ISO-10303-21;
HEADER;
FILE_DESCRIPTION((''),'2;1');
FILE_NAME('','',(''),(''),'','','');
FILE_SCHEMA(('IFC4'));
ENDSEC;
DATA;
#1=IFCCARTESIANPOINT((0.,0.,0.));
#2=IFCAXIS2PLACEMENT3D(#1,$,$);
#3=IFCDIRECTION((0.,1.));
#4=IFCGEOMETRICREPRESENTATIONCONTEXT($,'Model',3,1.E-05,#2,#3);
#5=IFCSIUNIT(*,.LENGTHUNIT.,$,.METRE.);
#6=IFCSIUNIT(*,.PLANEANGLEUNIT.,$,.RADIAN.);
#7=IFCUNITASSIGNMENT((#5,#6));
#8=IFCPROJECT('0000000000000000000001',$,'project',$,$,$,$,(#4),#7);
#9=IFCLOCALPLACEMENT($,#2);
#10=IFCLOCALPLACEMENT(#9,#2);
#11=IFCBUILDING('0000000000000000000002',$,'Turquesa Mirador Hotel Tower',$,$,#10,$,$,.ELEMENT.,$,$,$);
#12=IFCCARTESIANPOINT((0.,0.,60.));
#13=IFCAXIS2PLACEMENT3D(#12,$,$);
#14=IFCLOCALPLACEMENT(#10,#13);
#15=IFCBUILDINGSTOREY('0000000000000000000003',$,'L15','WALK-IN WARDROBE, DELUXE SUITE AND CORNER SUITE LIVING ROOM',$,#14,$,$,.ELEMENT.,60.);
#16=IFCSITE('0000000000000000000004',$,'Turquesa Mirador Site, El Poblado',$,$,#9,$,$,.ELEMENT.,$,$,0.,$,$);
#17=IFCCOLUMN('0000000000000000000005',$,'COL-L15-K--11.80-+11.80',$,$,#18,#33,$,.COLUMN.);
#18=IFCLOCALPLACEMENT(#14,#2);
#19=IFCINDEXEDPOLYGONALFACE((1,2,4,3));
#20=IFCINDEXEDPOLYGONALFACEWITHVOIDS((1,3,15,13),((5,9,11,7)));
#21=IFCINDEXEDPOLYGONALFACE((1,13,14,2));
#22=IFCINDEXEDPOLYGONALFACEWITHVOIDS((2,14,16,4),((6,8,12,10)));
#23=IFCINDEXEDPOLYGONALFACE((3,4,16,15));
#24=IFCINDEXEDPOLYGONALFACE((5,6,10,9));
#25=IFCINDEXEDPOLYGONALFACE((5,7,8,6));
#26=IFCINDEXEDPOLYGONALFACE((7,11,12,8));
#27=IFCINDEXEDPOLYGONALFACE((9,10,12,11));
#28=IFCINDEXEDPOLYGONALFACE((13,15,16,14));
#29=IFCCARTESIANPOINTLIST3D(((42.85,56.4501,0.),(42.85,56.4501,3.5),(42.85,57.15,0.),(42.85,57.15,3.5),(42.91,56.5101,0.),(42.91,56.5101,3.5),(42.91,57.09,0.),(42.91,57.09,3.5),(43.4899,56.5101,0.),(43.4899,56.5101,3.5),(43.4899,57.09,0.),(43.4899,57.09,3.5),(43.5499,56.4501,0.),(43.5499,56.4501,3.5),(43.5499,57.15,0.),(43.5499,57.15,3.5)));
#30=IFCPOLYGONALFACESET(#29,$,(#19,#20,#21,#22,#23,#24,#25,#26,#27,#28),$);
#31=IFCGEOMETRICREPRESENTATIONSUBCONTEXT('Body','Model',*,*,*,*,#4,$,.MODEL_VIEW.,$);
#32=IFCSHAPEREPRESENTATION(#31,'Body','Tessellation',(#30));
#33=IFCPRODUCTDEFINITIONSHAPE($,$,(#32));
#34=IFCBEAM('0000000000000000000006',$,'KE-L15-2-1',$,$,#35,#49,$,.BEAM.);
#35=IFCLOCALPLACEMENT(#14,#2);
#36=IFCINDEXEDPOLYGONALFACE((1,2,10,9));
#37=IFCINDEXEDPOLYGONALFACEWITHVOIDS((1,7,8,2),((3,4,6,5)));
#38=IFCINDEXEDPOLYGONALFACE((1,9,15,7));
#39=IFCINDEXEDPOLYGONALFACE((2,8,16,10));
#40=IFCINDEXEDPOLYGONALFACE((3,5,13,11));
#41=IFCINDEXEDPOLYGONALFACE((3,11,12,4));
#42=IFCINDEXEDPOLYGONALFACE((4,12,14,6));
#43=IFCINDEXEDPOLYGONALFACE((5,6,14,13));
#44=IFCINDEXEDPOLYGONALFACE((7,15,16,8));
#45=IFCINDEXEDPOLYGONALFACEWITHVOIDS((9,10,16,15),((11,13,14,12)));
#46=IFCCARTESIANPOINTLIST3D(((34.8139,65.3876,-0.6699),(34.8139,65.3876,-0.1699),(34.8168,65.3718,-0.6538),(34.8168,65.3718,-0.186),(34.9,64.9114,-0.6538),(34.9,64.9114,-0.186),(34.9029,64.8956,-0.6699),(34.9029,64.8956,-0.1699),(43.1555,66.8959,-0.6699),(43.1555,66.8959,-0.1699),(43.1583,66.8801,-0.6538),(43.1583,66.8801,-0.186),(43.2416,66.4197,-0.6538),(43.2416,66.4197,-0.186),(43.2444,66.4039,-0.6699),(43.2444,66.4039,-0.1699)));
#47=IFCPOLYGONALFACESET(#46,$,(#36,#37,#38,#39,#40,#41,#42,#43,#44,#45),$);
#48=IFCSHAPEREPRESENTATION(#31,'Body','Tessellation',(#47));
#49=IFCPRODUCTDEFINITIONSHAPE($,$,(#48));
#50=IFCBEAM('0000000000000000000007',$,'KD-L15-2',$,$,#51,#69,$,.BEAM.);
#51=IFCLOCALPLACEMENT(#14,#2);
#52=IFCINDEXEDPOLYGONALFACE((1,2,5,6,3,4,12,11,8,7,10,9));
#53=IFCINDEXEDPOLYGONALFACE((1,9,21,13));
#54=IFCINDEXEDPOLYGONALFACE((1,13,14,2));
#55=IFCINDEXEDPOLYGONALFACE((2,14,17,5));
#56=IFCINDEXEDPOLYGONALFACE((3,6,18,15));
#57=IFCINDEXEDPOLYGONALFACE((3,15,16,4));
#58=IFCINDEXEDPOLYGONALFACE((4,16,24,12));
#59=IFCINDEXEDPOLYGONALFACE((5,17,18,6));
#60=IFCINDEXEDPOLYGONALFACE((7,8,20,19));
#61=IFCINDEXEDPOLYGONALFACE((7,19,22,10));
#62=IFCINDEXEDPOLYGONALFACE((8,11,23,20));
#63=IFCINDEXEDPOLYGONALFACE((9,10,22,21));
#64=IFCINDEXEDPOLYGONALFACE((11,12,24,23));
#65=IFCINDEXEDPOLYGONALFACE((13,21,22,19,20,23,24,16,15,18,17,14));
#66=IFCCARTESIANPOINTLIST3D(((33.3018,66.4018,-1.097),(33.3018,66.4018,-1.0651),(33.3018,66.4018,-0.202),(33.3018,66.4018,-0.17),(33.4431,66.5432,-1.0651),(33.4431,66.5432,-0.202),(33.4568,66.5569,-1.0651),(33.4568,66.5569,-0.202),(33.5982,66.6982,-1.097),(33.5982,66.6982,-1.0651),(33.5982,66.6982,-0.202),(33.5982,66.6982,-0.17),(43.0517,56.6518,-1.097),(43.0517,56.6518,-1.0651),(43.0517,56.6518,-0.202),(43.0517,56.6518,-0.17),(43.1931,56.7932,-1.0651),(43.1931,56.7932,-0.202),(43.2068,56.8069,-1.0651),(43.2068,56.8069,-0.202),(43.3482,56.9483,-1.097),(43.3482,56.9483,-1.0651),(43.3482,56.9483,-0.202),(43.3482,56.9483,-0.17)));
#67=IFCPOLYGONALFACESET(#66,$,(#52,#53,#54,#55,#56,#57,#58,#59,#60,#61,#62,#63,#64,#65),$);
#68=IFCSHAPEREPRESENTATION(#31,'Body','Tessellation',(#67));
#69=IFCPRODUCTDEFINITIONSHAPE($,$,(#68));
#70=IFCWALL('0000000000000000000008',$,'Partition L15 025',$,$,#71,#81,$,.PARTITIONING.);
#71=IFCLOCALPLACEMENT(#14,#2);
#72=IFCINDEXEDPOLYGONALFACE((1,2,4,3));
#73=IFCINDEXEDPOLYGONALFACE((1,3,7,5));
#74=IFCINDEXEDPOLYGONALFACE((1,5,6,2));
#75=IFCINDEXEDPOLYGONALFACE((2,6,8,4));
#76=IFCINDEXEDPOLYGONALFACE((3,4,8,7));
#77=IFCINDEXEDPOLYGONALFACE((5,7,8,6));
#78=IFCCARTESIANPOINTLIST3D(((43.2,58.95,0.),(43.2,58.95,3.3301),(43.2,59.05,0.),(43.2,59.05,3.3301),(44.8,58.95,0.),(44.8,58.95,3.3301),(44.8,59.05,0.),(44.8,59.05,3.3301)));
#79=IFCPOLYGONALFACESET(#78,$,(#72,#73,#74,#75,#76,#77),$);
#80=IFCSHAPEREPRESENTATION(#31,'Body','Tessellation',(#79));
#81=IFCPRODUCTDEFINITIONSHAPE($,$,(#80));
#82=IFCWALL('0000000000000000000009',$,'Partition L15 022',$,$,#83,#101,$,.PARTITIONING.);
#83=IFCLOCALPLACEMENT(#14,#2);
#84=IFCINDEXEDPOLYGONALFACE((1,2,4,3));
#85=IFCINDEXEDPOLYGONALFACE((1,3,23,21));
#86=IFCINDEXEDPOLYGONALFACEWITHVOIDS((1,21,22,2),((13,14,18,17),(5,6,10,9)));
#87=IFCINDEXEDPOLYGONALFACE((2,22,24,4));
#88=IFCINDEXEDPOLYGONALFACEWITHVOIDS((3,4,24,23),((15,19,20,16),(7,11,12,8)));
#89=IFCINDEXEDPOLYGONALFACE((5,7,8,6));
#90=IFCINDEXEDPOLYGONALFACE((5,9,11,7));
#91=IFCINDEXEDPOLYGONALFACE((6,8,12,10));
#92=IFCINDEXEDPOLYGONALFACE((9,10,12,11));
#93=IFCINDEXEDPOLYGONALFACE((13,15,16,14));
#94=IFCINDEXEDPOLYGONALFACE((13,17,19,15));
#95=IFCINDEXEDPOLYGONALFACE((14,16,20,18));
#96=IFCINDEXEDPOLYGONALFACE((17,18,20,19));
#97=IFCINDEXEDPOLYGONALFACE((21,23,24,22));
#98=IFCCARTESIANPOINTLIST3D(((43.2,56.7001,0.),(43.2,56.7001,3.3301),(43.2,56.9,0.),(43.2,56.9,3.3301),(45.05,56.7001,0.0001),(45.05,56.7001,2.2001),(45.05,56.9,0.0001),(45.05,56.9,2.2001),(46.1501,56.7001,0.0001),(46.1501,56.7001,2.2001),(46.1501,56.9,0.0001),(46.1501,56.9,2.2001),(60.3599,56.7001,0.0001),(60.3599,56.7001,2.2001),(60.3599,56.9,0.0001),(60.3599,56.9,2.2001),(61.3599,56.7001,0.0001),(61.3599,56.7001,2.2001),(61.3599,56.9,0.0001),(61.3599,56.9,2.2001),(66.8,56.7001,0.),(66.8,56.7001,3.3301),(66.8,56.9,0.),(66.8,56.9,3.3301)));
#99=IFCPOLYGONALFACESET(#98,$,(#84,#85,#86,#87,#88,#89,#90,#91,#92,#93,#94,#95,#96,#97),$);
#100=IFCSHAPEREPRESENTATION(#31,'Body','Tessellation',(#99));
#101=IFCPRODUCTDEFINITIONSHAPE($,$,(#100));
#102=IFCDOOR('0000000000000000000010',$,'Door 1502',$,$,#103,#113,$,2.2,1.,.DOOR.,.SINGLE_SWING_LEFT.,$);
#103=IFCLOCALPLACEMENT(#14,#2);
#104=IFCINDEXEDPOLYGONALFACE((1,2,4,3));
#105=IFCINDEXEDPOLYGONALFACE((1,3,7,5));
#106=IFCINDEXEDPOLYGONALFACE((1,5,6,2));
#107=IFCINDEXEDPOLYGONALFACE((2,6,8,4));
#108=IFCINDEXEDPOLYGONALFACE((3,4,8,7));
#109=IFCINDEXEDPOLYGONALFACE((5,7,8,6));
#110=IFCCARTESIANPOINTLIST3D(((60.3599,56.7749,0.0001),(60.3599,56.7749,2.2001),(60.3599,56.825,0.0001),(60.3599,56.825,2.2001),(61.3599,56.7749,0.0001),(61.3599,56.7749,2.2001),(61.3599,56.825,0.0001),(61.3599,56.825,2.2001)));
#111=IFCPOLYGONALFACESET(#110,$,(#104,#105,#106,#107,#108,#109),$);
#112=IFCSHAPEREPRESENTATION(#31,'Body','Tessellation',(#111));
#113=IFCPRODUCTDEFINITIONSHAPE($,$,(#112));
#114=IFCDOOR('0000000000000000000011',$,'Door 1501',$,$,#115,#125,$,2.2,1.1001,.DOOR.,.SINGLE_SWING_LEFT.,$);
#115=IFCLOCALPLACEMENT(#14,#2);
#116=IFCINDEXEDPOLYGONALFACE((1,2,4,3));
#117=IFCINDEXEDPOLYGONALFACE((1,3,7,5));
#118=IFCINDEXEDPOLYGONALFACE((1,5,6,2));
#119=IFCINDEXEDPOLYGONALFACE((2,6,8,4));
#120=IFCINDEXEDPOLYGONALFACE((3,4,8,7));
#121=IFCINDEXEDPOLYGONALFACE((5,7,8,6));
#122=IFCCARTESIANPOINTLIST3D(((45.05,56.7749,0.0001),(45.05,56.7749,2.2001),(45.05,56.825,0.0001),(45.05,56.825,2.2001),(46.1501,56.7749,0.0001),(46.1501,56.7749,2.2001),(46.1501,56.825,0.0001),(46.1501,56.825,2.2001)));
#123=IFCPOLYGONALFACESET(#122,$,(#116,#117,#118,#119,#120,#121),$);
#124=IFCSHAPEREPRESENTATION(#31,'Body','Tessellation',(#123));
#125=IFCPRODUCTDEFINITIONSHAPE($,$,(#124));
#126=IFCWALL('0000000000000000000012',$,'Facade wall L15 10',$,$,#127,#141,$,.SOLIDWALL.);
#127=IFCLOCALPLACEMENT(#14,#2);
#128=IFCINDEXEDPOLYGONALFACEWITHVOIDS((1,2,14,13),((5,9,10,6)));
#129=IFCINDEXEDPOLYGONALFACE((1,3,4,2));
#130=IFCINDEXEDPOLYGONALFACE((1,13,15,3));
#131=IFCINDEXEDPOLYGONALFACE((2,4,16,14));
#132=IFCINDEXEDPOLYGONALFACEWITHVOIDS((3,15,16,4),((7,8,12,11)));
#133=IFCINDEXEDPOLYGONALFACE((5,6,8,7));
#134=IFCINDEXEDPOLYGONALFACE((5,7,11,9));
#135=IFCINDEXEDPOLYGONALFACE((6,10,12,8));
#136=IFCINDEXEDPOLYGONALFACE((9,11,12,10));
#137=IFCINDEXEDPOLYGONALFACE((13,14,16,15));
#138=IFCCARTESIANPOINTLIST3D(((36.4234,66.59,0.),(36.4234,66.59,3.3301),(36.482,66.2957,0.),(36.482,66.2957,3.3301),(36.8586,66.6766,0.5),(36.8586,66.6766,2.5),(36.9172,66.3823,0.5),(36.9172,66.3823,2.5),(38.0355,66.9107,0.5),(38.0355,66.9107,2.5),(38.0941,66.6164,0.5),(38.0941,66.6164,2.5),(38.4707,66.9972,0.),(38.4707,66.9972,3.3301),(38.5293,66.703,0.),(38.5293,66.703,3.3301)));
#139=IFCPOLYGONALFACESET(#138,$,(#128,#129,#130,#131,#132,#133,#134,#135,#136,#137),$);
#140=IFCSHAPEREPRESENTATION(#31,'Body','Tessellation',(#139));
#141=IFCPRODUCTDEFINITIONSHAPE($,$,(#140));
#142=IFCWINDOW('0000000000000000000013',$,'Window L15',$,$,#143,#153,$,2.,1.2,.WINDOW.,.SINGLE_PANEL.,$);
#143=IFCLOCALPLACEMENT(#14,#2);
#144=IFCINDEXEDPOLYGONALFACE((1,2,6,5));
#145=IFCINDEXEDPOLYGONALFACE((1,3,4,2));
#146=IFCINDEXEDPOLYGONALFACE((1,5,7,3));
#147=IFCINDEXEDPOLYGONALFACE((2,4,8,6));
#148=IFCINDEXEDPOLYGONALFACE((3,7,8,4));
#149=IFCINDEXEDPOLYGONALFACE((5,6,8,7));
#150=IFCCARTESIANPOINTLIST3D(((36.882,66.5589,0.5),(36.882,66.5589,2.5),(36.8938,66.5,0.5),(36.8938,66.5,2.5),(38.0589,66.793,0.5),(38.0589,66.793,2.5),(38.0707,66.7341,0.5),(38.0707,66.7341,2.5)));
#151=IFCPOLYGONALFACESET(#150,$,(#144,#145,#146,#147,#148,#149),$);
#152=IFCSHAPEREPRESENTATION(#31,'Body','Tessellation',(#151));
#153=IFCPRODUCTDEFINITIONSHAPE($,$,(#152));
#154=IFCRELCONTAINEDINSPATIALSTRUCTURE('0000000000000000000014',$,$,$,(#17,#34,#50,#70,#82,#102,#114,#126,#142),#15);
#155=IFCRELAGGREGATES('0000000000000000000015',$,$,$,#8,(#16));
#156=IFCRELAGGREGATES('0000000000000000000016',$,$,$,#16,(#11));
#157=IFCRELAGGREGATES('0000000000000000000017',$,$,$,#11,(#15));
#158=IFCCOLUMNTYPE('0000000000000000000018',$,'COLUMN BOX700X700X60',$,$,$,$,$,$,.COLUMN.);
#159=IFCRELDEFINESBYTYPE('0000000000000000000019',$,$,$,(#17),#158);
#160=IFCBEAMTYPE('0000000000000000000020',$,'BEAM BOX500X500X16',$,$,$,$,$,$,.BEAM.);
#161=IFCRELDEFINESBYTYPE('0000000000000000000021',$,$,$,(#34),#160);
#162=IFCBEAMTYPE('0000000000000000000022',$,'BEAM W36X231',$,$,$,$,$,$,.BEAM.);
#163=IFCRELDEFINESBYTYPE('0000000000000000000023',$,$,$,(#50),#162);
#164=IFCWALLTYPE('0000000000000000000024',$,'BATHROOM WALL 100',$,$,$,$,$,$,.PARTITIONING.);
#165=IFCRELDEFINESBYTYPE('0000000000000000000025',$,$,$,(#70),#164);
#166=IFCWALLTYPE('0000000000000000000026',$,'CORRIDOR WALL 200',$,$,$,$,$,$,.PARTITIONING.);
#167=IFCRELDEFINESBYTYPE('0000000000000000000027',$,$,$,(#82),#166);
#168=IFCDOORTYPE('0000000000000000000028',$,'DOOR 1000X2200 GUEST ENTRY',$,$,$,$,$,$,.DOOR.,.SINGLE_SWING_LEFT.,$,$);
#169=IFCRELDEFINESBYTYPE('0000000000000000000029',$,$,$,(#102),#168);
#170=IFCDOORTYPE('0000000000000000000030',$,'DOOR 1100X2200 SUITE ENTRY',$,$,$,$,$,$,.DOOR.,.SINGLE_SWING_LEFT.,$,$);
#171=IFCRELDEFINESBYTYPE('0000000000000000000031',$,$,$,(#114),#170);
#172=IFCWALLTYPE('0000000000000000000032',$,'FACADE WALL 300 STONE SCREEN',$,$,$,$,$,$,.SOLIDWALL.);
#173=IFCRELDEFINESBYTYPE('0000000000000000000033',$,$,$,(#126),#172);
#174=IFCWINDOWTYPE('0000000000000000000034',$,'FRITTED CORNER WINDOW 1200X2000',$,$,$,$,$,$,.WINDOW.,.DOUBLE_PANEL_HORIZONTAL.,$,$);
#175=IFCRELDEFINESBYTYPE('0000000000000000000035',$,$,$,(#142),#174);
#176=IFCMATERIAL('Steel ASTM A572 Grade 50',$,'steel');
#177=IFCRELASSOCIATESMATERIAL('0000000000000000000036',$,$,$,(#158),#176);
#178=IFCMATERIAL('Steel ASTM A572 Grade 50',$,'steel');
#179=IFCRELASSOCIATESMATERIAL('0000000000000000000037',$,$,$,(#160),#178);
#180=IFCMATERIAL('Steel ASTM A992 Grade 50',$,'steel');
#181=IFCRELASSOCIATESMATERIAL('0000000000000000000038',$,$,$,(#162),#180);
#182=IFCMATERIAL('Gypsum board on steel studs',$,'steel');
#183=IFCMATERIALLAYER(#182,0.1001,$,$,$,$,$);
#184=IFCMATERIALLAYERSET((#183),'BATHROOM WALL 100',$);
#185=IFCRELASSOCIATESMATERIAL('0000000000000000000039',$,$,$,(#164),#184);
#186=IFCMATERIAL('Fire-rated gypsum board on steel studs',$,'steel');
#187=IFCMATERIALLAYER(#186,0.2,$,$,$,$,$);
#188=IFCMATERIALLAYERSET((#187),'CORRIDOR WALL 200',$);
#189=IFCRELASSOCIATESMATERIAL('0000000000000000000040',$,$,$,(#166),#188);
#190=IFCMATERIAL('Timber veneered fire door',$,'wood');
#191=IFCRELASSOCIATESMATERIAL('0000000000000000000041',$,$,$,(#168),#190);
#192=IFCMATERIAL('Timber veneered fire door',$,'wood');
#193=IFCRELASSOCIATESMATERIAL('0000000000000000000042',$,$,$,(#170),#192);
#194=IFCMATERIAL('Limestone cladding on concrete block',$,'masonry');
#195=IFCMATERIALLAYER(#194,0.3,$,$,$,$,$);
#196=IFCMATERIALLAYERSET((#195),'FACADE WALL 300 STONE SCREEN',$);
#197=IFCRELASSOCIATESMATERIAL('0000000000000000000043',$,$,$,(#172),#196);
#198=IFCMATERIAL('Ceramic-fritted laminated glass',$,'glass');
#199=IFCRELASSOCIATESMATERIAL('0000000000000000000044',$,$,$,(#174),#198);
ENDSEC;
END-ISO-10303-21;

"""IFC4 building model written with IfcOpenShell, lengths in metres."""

from ifc_helpers import new_model, si_unit, direction, frame, frame_2d, origin, origin_2d, place, context, subcontext, project, spatial, rectangle, hollow_rectangle, i_section, extrude, material, layer, layer_set, material_profile, profile_set, type_object, element, fill, save


model = new_model("IFC4")

# Units and contexts
model_context = context("Model", 3, precision=1e-05, world=origin(), true_north=direction((0.0, 1.0)))
body_context = subcontext(model_context, "Body", "Model", "MODEL_VIEW")
ifc_project = project(units=[si_unit("LENGTHUNIT", "METRE"), si_unit("PLANEANGLEUNIT", "RADIAN")], contexts=[model_context])

# Site, building, storey
site_placement = place(None, origin())
site = spatial("IfcSite", under=ifc_project, at=site_placement, Name="Turquesa Mirador Site, El Poblado", CompositionType="ELEMENT", RefElevation=0.0)
building_placement = place(site_placement, origin())
building = spatial("IfcBuilding", under=site, at=building_placement, Name="Turquesa Mirador Hotel Tower", CompositionType="ELEMENT")
storey_placement = place(building_placement, frame((0.0, 0.0, 60.0)))
storey = spatial("IfcBuildingStorey", under=building, at=storey_placement, Name="L15", Description="WALK-IN WARDROBE, DELUXE SUITE AND CORNER SUITE LIVING ROOM", CompositionType="ELEMENT", Elevation=60.0)

# Column
ifc_material_1 = material(Name="Steel ASTM A572 Grade 50", Category="steel")
ifc_material_profile_1 = material_profile(ifc_material_1, hollow_rectangle(XDim=0.7, YDim=0.7, WallThickness=0.0601, at=origin_2d()), Name="BOX700X700X60")
ifc_profile_set_1 = profile_set([ifc_material_profile_1], Name="Steel ASTM A572 Grade 50")
column_type = type_object("IfcColumnType", Name="COLUMN BOX700X700X60", PredefinedType="COLUMN", material=ifc_profile_set_1)
column_placement = place(storey_placement, frame((43.2, 56.8, 0.0), z_axis=(0.0, 0.0, 1.0), x_axis=(1.0, 0.0, 0.0)))
element("IfcColumn", 1, at=column_placement, inside=storey, type_object=column_type, Name="COL-L15-K--11.80-+11.80", PredefinedType="COLUMN", context=body_context, shape_type="SweptSolid", body=[
    extrude(hollow_rectangle(XDim=0.7, YDim=0.7, WallThickness=0.0601, at=origin_2d()), origin(), (0.0, 0.0, 1.0), 3.5),
])

# Beams
ifc_material_2 = material(Name="Steel ASTM A572 Grade 50", Category="steel")
ifc_material_profile_2 = material_profile(ifc_material_2, hollow_rectangle(XDim=0.5, YDim=0.5, WallThickness=0.0161, at=origin_2d()), Name="BOX500X500X16")
ifc_profile_set_2 = profile_set([ifc_material_profile_2], Name="Steel ASTM A572 Grade 50")
beam_type_1 = type_object("IfcBeamType", Name="BEAM BOX500X500X16", PredefinedType="BEAM", material=ifc_profile_set_2)
beam_1_placement = place(storey_placement, frame((34.8584, 65.1416, -0.4199), z_axis=(0.984043, 0.177932, 0.0), x_axis=(-0.177932, 0.984043, 0.0)))
element("IfcBeam", 2, at=beam_1_placement, inside=storey, type_object=beam_type_1, Name="KE-L15-2-1", PredefinedType="BEAM", context=body_context, shape_type="SweptSolid", body=[
    extrude(hollow_rectangle(XDim=0.5, YDim=0.5, WallThickness=0.0161, at=origin_2d()), origin(), (0.0, 0.0, 1.0), 8.4768),
])
ifc_material_3 = material(Name="Steel ASTM A992 Grade 50", Category="steel")
ifc_material_profile_3 = material_profile(ifc_material_3, i_section(OverallWidth=0.4192, OverallDepth=0.927, WebThickness=0.0193, FlangeThickness=0.032, at=origin_2d()), Name="W36X231")
ifc_profile_set_3 = profile_set([ifc_material_profile_3], Name="Steel ASTM A992 Grade 50")
beam_type_2 = type_object("IfcBeamType", Name="BEAM W36X231", PredefinedType="BEAM", material=ifc_profile_set_3)
beam_2_placement = place(storey_placement, frame((43.2, 56.8, -0.6335), z_axis=(-0.707107, 0.707107, 0.0), x_axis=(-0.707107, -0.707107, 0.0)))
element("IfcBeam", 3, at=beam_2_placement, inside=storey, type_object=beam_type_2, Name="KD-L15-2", PredefinedType="BEAM", context=body_context, shape_type="SweptSolid", body=[
    extrude(i_section(OverallWidth=0.4192, OverallDepth=0.927, WebThickness=0.0193, FlangeThickness=0.032, at=origin_2d()), origin(), (0.0, 0.0, 1.0), 13.7886),
])

# Wall
ifc_material_4 = material(Name="Gypsum board on steel studs", Category="steel")
ifc_layer_1 = layer(ifc_material_4, 0.1001)
ifc_layer_set_1 = layer_set([ifc_layer_1], Name="BATHROOM WALL 100")
wall_type_1 = type_object("IfcWallType", Name="BATHROOM WALL 100", PredefinedType="PARTITIONING", material=ifc_layer_set_1)
wall_1_placement = place(storey_placement, frame((43.2, 59.0, 0.0), z_axis=(0.0, 0.0, 1.0), x_axis=(1.0, 0.0, 0.0)))
element("IfcWall", 4, at=wall_1_placement, inside=storey, type_object=wall_type_1, Name="Partition L15 025", PredefinedType="PARTITIONING", context=body_context, shape_type="SweptSolid", body=[
    extrude(rectangle(XDim=1.6001, YDim=0.1001, at=frame_2d((0.8, 0.0))), origin(), (0.0, 0.0, 1.0), 3.3301),
])

# Wall, openings, doors
ifc_material_5 = material(Name="Fire-rated gypsum board on steel studs", Category="steel")
ifc_layer_2 = layer(ifc_material_5, 0.2)
ifc_layer_set_2 = layer_set([ifc_layer_2], Name="CORRIDOR WALL 200")
wall_type_2 = type_object("IfcWallType", Name="CORRIDOR WALL 200", PredefinedType="PARTITIONING", material=ifc_layer_set_2)
wall_2_placement = place(storey_placement, frame((43.2, 56.8, 0.0), z_axis=(0.0, 0.0, 1.0), x_axis=(1.0, 0.0, 0.0)))
wall_2 = element("IfcWall", 5, at=wall_2_placement, inside=storey, type_object=wall_type_2, Name="Partition L15 022", PredefinedType="PARTITIONING", context=body_context, shape_type="SweptSolid", body=[
    extrude(rectangle(XDim=23.6001, YDim=0.2, at=frame_2d((11.8, 0.0))), origin(), (0.0, 0.0, 1.0), 3.3301),
])
opening_1_placement = place(wall_2_placement, frame((1.8501, 0.0, 0.0)))
opening_1 = element("IfcOpeningElement", 6, at=opening_1_placement, cuts=wall_2, PredefinedType="OPENING", context=body_context, shape_type="SweptSolid", body=[
    extrude(rectangle(XDim=1.1001, YDim=2.2, at=frame_2d((0.55, 1.1001))), frame((0.0, 0.1099, 0.0), z_axis=(0.0, -1.0, 0.0), x_axis=(1.0, 0.0, 0.0)), (0.0, 0.0, 1.0), 0.22),
])
opening_2_placement = place(wall_2_placement, frame((17.1599, 0.0, 0.0)))
opening_2 = element("IfcOpeningElement", 7, at=opening_2_placement, cuts=wall_2, PredefinedType="OPENING", context=body_context, shape_type="SweptSolid", body=[
    extrude(rectangle(XDim=1.0, YDim=2.2, at=frame_2d((0.5, 1.1001))), frame((0.0, 0.1099, 0.0), z_axis=(0.0, -1.0, 0.0), x_axis=(1.0, 0.0, 0.0)), (0.0, 0.0, 1.0), 0.22),
])
ifc_material_6 = material(Name="Timber veneered fire door", Category="wood")
door_type_1 = type_object("IfcDoorType", Name="DOOR 1000X2200 GUEST ENTRY", OperationType="SINGLE_SWING_LEFT", PredefinedType="DOOR", material=ifc_material_6)
door_1_placement = place(opening_2_placement, origin())
door_1 = element("IfcDoor", 8, at=door_1_placement, inside=storey, type_object=door_type_1, Name="Door 1502", OperationType="SINGLE_SWING_LEFT", OverallHeight=2.2, OverallWidth=1.0, PredefinedType="DOOR", context=body_context, shape_type="SweptSolid", body=[
    extrude(rectangle(XDim=1.0, YDim=2.2, at=frame_2d((0.5, 1.1001))), frame((0.0, 0.0249, 0.0), z_axis=(0.0, -1.0, 0.0), x_axis=(1.0, 0.0, 0.0)), (0.0, 0.0, 1.0), 0.05),
])
fill(opening_2, door_1)
ifc_material_7 = material(Name="Timber veneered fire door", Category="wood")
door_type_2 = type_object("IfcDoorType", Name="DOOR 1100X2200 SUITE ENTRY", OperationType="SINGLE_SWING_LEFT", PredefinedType="DOOR", material=ifc_material_7)
door_2_placement = place(opening_1_placement, origin())
door_2 = element("IfcDoor", 9, at=door_2_placement, inside=storey, type_object=door_type_2, Name="Door 1501", OperationType="SINGLE_SWING_LEFT", OverallHeight=2.2, OverallWidth=1.1001, PredefinedType="DOOR", context=body_context, shape_type="SweptSolid", body=[
    extrude(rectangle(XDim=1.1001, YDim=2.2, at=frame_2d((0.55, 1.1001))), frame((0.0, 0.0249, 0.0), z_axis=(0.0, -1.0, 0.0), x_axis=(1.0, 0.0, 0.0)), (0.0, 0.0, 1.0), 0.05),
])
fill(opening_1, door_2)

# Wall, opening, window
ifc_material_8 = material(Name="Limestone cladding on concrete block", Category="masonry")
ifc_layer_3 = layer(ifc_material_8, 0.3)
ifc_layer_set_3 = layer_set([ifc_layer_3], Name="FACADE WALL 300 STONE SCREEN")
wall_type_3 = type_object("IfcWallType", Name="FACADE WALL 300 STONE SCREEN", PredefinedType="SOLIDWALL", material=ifc_layer_set_3)
wall_3_placement = place(storey_placement, frame((38.5, 66.8501, 0.0), z_axis=(0.0, 0.0, 1.0), x_axis=(-0.980787, -0.195081, 0.0)))
wall_3 = element("IfcWall", 10, at=wall_3_placement, inside=storey, type_object=wall_type_3, Name="Facade wall L15 10", PredefinedType="SOLIDWALL", context=body_context, shape_type="SweptSolid", body=[
    extrude(rectangle(XDim=2.0874, YDim=0.3, at=frame_2d((1.0437, 0.0))), origin(), (0.0, 0.0, 1.0), 3.3301),
])
opening_3_placement = place(wall_3_placement, frame((0.4436, 0.0, 0.5)))
opening_3 = element("IfcOpeningElement", 11, at=opening_3_placement, cuts=wall_3, PredefinedType="OPENING", context=body_context, shape_type="SweptSolid", body=[
    extrude(rectangle(XDim=1.2, YDim=2.0, at=frame_2d((0.6001, 1.0))), frame((0.0, 0.1599, 0.0), z_axis=(0.0, -1.0, 0.0), x_axis=(1.0, 0.0, 0.0)), (0.0, 0.0, 1.0), 0.3201),
])
ifc_material_9 = material(Name="Ceramic-fritted laminated glass", Category="glass")
window_type = type_object("IfcWindowType", Name="FRITTED CORNER WINDOW 1200X2000", PartitioningType="DOUBLE_PANEL_HORIZONTAL", PredefinedType="WINDOW", material=ifc_material_9)
window_1_placement = place(opening_3_placement, origin())
window_1 = element("IfcWindow", 12, at=window_1_placement, inside=storey, type_object=window_type, Name="Window L15", OverallHeight=2.0, OverallWidth=1.2, PartitioningType="SINGLE_PANEL", PredefinedType="WINDOW", context=body_context, shape_type="SweptSolid", body=[
    extrude(rectangle(XDim=1.2, YDim=2.0, at=frame_2d((0.6001, 1.0))), frame((0.0, 0.03, 0.0), z_axis=(0.0, -1.0, 0.0), x_axis=(1.0, 0.0, 0.0)), (0.0, 0.0, 1.0), 0.0601),
])
fill(opening_3, window_1)

save(model, "model.ifc")
